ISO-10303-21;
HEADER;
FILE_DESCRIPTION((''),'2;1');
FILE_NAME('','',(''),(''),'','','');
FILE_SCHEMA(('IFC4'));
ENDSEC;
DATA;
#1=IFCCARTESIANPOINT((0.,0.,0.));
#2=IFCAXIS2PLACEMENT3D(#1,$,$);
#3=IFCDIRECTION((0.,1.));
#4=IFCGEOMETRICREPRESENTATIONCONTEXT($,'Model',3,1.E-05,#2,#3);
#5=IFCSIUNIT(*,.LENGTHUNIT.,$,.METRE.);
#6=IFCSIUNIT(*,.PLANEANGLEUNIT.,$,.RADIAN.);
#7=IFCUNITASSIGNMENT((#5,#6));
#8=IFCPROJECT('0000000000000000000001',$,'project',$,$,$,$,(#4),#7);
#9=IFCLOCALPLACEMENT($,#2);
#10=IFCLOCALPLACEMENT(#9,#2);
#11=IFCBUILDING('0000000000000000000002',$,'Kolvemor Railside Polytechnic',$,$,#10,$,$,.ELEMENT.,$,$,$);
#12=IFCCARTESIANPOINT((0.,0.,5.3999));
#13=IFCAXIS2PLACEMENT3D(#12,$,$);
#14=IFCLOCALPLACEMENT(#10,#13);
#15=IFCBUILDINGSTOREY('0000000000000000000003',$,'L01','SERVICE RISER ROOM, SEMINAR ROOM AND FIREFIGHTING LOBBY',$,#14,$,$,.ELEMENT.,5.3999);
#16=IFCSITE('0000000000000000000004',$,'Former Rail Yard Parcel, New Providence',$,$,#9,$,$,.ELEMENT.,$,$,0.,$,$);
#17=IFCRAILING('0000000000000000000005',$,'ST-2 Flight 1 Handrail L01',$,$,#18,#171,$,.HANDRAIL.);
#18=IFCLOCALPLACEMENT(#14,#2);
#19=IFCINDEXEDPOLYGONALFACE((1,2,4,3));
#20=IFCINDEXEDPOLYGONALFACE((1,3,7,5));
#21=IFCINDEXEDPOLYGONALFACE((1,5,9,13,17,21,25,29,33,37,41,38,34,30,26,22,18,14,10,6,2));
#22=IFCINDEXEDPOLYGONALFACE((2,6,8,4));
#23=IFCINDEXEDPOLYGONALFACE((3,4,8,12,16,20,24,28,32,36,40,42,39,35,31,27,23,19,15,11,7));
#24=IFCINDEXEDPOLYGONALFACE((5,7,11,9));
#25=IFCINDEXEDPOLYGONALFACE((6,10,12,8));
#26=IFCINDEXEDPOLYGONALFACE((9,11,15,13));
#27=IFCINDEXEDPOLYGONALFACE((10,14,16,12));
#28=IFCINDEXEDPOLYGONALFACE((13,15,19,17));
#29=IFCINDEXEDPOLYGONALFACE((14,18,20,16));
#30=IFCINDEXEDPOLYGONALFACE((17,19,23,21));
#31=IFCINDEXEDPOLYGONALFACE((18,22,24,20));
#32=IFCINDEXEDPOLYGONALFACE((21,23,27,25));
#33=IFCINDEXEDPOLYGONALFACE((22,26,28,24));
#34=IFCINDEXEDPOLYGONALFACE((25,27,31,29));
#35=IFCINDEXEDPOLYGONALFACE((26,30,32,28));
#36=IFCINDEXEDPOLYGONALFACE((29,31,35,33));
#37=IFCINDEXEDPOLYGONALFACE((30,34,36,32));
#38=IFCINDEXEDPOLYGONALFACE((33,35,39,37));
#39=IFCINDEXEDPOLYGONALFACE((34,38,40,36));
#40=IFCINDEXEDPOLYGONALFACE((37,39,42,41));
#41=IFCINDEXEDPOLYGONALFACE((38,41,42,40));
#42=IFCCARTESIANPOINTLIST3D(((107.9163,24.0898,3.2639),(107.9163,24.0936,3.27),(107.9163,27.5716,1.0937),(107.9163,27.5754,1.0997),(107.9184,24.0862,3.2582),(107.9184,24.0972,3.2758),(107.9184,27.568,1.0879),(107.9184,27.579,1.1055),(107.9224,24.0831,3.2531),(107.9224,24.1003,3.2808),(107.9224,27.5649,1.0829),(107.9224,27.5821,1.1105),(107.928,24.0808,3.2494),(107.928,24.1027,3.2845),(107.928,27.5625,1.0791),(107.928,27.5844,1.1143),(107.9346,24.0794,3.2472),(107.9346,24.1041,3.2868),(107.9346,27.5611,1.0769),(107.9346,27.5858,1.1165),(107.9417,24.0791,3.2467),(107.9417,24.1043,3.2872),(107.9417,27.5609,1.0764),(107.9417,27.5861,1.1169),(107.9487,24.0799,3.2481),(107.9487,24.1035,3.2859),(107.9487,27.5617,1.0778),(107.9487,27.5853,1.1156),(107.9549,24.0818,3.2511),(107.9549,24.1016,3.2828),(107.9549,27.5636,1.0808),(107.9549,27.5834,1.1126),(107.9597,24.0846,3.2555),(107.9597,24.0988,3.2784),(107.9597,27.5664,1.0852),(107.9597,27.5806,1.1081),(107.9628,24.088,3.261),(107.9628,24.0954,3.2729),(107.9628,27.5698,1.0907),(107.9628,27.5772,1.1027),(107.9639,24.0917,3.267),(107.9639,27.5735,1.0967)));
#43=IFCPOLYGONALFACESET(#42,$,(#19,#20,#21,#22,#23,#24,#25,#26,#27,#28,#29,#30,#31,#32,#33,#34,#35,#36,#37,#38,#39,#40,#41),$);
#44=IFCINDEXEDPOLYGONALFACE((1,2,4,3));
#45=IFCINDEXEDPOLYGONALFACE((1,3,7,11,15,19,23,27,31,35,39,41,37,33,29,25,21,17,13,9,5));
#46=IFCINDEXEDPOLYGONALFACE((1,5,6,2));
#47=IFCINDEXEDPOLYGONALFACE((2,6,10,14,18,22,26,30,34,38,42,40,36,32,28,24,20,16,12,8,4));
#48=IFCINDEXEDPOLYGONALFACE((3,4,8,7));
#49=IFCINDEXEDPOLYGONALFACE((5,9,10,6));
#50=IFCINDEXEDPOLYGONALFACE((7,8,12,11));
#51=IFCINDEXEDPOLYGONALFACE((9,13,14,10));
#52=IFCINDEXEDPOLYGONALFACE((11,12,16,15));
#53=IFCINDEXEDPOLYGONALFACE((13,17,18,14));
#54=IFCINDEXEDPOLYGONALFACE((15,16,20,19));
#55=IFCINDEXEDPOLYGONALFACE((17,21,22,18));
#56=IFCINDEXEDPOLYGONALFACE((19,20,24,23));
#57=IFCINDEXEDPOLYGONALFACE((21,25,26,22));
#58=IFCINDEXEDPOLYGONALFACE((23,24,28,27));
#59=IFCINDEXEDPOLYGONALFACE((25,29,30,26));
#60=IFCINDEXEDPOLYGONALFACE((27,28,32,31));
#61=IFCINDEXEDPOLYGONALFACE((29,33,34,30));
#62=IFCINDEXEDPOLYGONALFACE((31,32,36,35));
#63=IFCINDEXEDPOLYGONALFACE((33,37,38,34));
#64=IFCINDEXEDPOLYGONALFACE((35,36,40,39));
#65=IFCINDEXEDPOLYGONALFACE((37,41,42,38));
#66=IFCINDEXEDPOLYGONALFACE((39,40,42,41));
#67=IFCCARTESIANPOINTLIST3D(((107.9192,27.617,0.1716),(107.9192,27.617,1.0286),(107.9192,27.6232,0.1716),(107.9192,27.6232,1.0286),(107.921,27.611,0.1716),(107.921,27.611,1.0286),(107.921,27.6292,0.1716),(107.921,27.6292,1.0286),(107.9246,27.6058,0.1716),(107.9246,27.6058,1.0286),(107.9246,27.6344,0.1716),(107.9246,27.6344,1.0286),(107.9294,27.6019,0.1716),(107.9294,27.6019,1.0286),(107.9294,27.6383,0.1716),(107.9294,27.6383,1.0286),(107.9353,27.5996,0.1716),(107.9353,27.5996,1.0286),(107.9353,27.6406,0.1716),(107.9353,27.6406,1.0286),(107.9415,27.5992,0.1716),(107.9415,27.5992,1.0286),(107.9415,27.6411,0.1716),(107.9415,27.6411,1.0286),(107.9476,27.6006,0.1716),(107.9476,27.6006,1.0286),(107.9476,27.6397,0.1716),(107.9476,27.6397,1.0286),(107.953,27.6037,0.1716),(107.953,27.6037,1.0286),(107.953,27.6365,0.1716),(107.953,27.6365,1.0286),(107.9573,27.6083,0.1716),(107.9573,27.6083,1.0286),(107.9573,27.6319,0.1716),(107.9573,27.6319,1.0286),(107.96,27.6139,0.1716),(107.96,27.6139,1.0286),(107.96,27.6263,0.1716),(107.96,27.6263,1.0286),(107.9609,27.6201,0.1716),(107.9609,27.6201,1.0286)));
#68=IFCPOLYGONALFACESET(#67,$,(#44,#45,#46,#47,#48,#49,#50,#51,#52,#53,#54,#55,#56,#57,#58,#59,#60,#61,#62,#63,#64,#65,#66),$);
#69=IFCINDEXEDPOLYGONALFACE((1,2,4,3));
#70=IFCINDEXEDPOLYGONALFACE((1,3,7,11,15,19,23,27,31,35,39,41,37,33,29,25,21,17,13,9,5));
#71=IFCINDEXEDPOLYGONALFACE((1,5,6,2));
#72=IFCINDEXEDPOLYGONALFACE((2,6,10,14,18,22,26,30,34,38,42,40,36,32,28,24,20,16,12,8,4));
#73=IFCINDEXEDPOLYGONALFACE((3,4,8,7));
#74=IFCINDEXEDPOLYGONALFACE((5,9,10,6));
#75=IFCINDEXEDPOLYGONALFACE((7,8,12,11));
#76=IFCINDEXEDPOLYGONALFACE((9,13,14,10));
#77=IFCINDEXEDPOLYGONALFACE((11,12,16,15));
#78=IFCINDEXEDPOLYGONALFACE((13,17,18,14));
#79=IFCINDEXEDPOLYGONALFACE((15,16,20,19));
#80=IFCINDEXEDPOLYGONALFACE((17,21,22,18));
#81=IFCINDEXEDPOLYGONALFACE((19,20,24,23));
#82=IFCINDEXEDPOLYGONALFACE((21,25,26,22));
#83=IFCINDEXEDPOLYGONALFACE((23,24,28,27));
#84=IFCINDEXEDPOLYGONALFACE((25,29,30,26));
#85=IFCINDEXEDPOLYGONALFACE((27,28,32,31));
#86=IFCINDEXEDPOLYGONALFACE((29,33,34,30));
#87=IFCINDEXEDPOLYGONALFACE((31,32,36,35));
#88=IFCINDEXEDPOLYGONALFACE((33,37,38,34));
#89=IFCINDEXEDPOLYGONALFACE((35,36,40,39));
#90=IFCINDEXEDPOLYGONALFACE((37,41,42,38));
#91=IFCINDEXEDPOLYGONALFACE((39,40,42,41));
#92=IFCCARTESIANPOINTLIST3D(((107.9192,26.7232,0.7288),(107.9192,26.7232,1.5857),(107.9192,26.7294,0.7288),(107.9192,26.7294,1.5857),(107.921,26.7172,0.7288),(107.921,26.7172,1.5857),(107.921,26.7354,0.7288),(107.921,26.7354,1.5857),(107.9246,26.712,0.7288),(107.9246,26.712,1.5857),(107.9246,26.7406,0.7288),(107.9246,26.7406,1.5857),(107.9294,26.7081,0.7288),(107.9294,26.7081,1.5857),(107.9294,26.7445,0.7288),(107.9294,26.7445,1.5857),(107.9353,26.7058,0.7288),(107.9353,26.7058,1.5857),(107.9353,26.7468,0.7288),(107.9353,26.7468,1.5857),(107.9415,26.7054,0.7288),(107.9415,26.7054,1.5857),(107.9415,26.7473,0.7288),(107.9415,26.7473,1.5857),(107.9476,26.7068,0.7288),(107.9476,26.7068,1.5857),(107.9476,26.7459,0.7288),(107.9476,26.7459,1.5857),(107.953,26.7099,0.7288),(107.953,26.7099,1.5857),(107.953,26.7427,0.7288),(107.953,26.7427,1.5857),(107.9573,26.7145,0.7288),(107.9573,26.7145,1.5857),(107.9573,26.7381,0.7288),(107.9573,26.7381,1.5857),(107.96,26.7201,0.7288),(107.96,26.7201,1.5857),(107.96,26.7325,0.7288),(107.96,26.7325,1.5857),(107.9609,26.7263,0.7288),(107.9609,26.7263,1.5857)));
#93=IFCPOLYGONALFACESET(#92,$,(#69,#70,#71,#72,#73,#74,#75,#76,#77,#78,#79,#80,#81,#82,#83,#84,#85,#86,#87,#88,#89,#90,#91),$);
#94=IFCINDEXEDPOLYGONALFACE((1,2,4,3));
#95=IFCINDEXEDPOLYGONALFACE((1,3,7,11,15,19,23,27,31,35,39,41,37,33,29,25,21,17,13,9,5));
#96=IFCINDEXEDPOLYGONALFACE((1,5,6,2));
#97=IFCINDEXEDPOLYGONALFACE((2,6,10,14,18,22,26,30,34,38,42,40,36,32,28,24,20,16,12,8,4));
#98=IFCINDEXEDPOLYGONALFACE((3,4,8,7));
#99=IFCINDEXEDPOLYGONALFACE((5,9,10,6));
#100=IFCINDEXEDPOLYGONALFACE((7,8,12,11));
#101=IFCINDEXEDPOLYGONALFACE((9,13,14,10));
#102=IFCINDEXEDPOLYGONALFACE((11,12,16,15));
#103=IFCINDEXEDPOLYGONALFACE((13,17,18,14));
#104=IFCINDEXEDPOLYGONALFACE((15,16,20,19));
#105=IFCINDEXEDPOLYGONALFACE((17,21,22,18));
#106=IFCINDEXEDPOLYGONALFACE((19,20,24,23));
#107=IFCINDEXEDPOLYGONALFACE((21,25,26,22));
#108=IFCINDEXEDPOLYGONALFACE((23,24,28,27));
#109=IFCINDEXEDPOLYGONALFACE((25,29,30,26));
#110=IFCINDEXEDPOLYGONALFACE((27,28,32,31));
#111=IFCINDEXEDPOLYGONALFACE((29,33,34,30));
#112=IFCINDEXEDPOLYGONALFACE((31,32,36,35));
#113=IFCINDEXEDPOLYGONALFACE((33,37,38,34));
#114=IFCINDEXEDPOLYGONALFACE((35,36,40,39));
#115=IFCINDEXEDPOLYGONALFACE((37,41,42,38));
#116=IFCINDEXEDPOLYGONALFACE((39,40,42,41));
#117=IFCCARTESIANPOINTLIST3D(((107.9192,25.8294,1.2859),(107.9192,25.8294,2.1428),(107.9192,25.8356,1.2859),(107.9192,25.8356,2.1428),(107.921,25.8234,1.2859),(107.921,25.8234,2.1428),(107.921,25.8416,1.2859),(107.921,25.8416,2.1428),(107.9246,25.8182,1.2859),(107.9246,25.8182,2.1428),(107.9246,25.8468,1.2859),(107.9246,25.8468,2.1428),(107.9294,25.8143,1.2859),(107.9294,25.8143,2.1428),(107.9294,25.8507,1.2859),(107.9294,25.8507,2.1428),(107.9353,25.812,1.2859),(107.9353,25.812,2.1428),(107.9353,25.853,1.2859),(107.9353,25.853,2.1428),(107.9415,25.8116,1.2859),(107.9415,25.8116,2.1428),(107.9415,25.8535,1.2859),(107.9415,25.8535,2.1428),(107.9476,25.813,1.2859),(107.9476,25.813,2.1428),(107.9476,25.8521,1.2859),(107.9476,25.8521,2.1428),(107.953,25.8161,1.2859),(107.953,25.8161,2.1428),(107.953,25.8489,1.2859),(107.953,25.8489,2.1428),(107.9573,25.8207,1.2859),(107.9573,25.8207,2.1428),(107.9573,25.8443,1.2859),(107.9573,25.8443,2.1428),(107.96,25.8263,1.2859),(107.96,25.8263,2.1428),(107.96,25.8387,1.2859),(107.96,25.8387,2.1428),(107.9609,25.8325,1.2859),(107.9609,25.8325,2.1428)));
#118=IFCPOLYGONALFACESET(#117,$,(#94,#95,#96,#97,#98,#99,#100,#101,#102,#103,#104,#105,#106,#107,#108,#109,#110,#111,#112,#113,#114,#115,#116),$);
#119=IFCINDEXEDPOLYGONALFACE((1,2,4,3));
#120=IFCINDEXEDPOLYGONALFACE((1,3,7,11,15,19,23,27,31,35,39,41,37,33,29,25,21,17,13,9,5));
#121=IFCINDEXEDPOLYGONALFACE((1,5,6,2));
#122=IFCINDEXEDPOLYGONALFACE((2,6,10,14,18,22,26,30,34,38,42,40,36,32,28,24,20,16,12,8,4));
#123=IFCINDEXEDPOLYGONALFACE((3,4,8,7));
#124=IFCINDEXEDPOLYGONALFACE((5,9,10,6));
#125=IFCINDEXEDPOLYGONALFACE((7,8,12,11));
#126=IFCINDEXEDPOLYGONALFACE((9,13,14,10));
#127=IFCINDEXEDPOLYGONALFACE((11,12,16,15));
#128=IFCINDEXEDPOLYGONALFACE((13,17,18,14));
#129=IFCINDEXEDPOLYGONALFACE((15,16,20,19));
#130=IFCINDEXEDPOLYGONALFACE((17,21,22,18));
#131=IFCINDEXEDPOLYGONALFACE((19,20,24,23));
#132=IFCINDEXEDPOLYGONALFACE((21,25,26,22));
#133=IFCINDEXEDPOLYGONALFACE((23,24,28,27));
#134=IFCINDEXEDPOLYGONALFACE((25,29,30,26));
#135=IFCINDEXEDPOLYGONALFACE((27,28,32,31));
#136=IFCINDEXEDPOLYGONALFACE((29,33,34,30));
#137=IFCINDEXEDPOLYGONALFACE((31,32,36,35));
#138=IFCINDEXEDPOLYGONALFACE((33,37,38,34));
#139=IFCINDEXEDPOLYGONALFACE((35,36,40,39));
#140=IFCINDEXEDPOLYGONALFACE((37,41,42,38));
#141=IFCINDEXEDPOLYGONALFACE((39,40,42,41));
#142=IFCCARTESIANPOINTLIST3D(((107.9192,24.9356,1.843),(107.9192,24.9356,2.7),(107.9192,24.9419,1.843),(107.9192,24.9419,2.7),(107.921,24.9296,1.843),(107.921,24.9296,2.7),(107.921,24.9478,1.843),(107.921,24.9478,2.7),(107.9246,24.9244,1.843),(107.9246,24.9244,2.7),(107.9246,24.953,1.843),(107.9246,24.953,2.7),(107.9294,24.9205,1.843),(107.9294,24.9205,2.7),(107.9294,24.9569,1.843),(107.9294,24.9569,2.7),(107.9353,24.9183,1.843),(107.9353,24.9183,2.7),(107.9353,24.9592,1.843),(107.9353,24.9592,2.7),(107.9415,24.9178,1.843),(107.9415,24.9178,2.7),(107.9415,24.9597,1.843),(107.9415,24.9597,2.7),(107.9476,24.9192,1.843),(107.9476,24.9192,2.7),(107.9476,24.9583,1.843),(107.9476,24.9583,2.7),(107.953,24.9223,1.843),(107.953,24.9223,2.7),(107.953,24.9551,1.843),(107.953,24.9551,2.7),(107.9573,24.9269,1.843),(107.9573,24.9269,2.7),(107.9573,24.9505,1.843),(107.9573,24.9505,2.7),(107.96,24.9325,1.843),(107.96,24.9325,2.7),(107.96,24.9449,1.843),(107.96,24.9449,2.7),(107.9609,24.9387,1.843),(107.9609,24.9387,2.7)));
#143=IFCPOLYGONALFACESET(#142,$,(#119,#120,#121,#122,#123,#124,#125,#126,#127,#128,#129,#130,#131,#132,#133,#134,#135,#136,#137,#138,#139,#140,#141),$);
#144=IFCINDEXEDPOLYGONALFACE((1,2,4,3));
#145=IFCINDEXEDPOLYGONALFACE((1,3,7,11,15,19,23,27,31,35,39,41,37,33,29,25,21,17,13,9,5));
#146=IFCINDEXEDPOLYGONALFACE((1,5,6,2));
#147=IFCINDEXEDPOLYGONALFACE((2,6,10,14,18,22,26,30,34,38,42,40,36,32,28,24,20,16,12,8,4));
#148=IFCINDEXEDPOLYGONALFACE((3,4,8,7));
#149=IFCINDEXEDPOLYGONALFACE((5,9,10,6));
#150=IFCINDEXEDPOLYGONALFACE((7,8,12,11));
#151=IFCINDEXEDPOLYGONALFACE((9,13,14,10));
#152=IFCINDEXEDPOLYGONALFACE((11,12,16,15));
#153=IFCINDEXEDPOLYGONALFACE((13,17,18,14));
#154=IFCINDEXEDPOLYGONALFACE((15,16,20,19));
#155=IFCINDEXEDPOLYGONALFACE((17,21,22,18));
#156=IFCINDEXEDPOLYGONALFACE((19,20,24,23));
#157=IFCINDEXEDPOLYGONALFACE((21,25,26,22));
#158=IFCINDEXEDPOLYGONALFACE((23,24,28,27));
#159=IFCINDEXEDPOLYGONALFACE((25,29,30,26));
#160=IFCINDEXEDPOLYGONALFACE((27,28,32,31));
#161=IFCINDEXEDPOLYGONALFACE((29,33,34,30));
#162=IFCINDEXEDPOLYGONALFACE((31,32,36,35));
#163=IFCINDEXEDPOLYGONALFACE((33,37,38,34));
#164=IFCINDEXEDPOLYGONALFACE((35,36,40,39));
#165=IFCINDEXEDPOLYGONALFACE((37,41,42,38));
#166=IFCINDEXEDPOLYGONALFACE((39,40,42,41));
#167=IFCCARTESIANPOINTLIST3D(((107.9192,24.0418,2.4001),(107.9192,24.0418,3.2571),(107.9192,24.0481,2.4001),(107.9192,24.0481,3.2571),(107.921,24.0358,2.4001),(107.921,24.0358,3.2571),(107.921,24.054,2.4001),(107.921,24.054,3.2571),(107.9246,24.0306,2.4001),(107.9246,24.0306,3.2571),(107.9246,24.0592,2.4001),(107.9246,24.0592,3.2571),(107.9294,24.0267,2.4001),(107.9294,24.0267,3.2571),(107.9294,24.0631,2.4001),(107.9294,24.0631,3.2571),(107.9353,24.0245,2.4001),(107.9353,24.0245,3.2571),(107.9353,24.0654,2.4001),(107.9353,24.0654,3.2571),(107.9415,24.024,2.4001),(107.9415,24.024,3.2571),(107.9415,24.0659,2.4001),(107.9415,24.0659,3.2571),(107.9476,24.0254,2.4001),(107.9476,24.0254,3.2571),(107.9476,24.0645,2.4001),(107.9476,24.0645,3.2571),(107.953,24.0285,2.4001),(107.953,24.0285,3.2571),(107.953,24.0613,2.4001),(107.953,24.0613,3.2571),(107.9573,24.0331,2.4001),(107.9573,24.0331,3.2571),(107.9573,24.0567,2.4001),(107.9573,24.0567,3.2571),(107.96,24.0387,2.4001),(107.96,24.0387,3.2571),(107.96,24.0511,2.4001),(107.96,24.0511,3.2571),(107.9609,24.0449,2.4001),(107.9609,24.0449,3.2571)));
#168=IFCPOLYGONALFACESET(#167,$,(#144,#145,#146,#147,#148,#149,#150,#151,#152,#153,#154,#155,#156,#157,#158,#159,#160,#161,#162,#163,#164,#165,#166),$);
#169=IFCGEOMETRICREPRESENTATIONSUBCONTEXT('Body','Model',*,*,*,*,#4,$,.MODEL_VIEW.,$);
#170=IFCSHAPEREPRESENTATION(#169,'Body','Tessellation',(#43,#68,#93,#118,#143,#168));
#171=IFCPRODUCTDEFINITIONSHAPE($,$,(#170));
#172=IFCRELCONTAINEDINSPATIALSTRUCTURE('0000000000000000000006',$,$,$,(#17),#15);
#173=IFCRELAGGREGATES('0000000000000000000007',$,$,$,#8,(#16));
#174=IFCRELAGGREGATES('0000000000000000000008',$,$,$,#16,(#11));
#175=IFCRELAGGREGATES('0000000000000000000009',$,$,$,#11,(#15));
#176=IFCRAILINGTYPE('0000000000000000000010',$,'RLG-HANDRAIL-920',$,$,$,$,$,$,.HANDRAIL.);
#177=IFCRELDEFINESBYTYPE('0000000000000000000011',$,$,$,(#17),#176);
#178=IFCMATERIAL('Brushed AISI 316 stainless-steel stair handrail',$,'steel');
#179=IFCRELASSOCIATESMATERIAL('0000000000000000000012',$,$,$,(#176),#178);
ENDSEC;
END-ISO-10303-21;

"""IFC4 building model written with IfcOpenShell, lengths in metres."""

from ifc_helpers import new_model, si_unit, direction, frame, origin, origin_2d, place, context, subcontext, project, spatial, circle, extrude, material, type_object, element, save


model = new_model("IFC4")

# Units and contexts
model_context = context("Model", 3, precision=1e-05, world=origin(), true_north=direction((0.0, 1.0)))
body_context = subcontext(model_context, "Body", "Model", "MODEL_VIEW")
ifc_project = project(units=[si_unit("LENGTHUNIT", "METRE"), si_unit("PLANEANGLEUNIT", "RADIAN")], contexts=[model_context])

# Site, building, storey
site_placement = place(None, origin())
site = spatial("IfcSite", under=ifc_project, at=site_placement, Name="Former Rail Yard Parcel, New Providence", CompositionType="ELEMENT", RefElevation=0.0)
building_placement = place(site_placement, origin())
building = spatial("IfcBuilding", under=site, at=building_placement, Name="Kolvemor Railside Polytechnic", CompositionType="ELEMENT")
storey_placement = place(building_placement, frame((0.0, 0.0, 5.3999)))
storey = spatial("IfcBuildingStorey", under=building, at=storey_placement, Name="L01", Description="SERVICE RISER ROOM, SEMINAR ROOM AND FIREFIGHTING LOBBY", CompositionType="ELEMENT", Elevation=5.3999)

# Railing
ifc_material_1 = material(Name="Brushed AISI 316 stainless-steel stair handrail", Category="steel")
railing_type_1 = type_object("IfcRailingType", Name="RLG-HANDRAIL-920", PredefinedType="HANDRAIL", material=ifc_material_1)
railing_1_placement = place(storey_placement, frame((107.9399, 27.6201, 0.1716)))
element("IfcRailing", 1, at=railing_1_placement, inside=storey, type_object=railing_type_1, Name="ST-2 Flight 1 Handrail L01", PredefinedType="HANDRAIL", context=body_context, shape_type="SweptSolid", body=[
    extrude(circle(Radius=0.0239, at=origin_2d()), frame((0.0, -0.0466, 0.925), z_axis=(0.0, -0.848636, 0.528978), x_axis=(1.0, 0.0, 0.0)), (0.0, 0.0, 1.0), 4.1028),
    extrude(circle(Radius=0.021, at=origin_2d()), origin(), (0.0, 0.0, 1.0), 0.8569),
    extrude(circle(Radius=0.021, at=origin_2d()), frame((0.0, -0.8938, 0.5571)), (0.0, 0.0, 1.0), 0.8569),
    extrude(circle(Radius=0.021, at=origin_2d()), frame((0.0, -1.7876, 1.1143)), (0.0, 0.0, 1.0), 0.8569),
    extrude(circle(Radius=0.021, at=origin_2d()), frame((0.0, -2.6814, 1.6714)), (0.0, 0.0, 1.0), 0.8569),
    extrude(circle(Radius=0.021, at=origin_2d()), frame((0.0, -3.5752, 2.2285)), (0.0, 0.0, 1.0), 0.8569),
])

save(model, "model.ifc")
